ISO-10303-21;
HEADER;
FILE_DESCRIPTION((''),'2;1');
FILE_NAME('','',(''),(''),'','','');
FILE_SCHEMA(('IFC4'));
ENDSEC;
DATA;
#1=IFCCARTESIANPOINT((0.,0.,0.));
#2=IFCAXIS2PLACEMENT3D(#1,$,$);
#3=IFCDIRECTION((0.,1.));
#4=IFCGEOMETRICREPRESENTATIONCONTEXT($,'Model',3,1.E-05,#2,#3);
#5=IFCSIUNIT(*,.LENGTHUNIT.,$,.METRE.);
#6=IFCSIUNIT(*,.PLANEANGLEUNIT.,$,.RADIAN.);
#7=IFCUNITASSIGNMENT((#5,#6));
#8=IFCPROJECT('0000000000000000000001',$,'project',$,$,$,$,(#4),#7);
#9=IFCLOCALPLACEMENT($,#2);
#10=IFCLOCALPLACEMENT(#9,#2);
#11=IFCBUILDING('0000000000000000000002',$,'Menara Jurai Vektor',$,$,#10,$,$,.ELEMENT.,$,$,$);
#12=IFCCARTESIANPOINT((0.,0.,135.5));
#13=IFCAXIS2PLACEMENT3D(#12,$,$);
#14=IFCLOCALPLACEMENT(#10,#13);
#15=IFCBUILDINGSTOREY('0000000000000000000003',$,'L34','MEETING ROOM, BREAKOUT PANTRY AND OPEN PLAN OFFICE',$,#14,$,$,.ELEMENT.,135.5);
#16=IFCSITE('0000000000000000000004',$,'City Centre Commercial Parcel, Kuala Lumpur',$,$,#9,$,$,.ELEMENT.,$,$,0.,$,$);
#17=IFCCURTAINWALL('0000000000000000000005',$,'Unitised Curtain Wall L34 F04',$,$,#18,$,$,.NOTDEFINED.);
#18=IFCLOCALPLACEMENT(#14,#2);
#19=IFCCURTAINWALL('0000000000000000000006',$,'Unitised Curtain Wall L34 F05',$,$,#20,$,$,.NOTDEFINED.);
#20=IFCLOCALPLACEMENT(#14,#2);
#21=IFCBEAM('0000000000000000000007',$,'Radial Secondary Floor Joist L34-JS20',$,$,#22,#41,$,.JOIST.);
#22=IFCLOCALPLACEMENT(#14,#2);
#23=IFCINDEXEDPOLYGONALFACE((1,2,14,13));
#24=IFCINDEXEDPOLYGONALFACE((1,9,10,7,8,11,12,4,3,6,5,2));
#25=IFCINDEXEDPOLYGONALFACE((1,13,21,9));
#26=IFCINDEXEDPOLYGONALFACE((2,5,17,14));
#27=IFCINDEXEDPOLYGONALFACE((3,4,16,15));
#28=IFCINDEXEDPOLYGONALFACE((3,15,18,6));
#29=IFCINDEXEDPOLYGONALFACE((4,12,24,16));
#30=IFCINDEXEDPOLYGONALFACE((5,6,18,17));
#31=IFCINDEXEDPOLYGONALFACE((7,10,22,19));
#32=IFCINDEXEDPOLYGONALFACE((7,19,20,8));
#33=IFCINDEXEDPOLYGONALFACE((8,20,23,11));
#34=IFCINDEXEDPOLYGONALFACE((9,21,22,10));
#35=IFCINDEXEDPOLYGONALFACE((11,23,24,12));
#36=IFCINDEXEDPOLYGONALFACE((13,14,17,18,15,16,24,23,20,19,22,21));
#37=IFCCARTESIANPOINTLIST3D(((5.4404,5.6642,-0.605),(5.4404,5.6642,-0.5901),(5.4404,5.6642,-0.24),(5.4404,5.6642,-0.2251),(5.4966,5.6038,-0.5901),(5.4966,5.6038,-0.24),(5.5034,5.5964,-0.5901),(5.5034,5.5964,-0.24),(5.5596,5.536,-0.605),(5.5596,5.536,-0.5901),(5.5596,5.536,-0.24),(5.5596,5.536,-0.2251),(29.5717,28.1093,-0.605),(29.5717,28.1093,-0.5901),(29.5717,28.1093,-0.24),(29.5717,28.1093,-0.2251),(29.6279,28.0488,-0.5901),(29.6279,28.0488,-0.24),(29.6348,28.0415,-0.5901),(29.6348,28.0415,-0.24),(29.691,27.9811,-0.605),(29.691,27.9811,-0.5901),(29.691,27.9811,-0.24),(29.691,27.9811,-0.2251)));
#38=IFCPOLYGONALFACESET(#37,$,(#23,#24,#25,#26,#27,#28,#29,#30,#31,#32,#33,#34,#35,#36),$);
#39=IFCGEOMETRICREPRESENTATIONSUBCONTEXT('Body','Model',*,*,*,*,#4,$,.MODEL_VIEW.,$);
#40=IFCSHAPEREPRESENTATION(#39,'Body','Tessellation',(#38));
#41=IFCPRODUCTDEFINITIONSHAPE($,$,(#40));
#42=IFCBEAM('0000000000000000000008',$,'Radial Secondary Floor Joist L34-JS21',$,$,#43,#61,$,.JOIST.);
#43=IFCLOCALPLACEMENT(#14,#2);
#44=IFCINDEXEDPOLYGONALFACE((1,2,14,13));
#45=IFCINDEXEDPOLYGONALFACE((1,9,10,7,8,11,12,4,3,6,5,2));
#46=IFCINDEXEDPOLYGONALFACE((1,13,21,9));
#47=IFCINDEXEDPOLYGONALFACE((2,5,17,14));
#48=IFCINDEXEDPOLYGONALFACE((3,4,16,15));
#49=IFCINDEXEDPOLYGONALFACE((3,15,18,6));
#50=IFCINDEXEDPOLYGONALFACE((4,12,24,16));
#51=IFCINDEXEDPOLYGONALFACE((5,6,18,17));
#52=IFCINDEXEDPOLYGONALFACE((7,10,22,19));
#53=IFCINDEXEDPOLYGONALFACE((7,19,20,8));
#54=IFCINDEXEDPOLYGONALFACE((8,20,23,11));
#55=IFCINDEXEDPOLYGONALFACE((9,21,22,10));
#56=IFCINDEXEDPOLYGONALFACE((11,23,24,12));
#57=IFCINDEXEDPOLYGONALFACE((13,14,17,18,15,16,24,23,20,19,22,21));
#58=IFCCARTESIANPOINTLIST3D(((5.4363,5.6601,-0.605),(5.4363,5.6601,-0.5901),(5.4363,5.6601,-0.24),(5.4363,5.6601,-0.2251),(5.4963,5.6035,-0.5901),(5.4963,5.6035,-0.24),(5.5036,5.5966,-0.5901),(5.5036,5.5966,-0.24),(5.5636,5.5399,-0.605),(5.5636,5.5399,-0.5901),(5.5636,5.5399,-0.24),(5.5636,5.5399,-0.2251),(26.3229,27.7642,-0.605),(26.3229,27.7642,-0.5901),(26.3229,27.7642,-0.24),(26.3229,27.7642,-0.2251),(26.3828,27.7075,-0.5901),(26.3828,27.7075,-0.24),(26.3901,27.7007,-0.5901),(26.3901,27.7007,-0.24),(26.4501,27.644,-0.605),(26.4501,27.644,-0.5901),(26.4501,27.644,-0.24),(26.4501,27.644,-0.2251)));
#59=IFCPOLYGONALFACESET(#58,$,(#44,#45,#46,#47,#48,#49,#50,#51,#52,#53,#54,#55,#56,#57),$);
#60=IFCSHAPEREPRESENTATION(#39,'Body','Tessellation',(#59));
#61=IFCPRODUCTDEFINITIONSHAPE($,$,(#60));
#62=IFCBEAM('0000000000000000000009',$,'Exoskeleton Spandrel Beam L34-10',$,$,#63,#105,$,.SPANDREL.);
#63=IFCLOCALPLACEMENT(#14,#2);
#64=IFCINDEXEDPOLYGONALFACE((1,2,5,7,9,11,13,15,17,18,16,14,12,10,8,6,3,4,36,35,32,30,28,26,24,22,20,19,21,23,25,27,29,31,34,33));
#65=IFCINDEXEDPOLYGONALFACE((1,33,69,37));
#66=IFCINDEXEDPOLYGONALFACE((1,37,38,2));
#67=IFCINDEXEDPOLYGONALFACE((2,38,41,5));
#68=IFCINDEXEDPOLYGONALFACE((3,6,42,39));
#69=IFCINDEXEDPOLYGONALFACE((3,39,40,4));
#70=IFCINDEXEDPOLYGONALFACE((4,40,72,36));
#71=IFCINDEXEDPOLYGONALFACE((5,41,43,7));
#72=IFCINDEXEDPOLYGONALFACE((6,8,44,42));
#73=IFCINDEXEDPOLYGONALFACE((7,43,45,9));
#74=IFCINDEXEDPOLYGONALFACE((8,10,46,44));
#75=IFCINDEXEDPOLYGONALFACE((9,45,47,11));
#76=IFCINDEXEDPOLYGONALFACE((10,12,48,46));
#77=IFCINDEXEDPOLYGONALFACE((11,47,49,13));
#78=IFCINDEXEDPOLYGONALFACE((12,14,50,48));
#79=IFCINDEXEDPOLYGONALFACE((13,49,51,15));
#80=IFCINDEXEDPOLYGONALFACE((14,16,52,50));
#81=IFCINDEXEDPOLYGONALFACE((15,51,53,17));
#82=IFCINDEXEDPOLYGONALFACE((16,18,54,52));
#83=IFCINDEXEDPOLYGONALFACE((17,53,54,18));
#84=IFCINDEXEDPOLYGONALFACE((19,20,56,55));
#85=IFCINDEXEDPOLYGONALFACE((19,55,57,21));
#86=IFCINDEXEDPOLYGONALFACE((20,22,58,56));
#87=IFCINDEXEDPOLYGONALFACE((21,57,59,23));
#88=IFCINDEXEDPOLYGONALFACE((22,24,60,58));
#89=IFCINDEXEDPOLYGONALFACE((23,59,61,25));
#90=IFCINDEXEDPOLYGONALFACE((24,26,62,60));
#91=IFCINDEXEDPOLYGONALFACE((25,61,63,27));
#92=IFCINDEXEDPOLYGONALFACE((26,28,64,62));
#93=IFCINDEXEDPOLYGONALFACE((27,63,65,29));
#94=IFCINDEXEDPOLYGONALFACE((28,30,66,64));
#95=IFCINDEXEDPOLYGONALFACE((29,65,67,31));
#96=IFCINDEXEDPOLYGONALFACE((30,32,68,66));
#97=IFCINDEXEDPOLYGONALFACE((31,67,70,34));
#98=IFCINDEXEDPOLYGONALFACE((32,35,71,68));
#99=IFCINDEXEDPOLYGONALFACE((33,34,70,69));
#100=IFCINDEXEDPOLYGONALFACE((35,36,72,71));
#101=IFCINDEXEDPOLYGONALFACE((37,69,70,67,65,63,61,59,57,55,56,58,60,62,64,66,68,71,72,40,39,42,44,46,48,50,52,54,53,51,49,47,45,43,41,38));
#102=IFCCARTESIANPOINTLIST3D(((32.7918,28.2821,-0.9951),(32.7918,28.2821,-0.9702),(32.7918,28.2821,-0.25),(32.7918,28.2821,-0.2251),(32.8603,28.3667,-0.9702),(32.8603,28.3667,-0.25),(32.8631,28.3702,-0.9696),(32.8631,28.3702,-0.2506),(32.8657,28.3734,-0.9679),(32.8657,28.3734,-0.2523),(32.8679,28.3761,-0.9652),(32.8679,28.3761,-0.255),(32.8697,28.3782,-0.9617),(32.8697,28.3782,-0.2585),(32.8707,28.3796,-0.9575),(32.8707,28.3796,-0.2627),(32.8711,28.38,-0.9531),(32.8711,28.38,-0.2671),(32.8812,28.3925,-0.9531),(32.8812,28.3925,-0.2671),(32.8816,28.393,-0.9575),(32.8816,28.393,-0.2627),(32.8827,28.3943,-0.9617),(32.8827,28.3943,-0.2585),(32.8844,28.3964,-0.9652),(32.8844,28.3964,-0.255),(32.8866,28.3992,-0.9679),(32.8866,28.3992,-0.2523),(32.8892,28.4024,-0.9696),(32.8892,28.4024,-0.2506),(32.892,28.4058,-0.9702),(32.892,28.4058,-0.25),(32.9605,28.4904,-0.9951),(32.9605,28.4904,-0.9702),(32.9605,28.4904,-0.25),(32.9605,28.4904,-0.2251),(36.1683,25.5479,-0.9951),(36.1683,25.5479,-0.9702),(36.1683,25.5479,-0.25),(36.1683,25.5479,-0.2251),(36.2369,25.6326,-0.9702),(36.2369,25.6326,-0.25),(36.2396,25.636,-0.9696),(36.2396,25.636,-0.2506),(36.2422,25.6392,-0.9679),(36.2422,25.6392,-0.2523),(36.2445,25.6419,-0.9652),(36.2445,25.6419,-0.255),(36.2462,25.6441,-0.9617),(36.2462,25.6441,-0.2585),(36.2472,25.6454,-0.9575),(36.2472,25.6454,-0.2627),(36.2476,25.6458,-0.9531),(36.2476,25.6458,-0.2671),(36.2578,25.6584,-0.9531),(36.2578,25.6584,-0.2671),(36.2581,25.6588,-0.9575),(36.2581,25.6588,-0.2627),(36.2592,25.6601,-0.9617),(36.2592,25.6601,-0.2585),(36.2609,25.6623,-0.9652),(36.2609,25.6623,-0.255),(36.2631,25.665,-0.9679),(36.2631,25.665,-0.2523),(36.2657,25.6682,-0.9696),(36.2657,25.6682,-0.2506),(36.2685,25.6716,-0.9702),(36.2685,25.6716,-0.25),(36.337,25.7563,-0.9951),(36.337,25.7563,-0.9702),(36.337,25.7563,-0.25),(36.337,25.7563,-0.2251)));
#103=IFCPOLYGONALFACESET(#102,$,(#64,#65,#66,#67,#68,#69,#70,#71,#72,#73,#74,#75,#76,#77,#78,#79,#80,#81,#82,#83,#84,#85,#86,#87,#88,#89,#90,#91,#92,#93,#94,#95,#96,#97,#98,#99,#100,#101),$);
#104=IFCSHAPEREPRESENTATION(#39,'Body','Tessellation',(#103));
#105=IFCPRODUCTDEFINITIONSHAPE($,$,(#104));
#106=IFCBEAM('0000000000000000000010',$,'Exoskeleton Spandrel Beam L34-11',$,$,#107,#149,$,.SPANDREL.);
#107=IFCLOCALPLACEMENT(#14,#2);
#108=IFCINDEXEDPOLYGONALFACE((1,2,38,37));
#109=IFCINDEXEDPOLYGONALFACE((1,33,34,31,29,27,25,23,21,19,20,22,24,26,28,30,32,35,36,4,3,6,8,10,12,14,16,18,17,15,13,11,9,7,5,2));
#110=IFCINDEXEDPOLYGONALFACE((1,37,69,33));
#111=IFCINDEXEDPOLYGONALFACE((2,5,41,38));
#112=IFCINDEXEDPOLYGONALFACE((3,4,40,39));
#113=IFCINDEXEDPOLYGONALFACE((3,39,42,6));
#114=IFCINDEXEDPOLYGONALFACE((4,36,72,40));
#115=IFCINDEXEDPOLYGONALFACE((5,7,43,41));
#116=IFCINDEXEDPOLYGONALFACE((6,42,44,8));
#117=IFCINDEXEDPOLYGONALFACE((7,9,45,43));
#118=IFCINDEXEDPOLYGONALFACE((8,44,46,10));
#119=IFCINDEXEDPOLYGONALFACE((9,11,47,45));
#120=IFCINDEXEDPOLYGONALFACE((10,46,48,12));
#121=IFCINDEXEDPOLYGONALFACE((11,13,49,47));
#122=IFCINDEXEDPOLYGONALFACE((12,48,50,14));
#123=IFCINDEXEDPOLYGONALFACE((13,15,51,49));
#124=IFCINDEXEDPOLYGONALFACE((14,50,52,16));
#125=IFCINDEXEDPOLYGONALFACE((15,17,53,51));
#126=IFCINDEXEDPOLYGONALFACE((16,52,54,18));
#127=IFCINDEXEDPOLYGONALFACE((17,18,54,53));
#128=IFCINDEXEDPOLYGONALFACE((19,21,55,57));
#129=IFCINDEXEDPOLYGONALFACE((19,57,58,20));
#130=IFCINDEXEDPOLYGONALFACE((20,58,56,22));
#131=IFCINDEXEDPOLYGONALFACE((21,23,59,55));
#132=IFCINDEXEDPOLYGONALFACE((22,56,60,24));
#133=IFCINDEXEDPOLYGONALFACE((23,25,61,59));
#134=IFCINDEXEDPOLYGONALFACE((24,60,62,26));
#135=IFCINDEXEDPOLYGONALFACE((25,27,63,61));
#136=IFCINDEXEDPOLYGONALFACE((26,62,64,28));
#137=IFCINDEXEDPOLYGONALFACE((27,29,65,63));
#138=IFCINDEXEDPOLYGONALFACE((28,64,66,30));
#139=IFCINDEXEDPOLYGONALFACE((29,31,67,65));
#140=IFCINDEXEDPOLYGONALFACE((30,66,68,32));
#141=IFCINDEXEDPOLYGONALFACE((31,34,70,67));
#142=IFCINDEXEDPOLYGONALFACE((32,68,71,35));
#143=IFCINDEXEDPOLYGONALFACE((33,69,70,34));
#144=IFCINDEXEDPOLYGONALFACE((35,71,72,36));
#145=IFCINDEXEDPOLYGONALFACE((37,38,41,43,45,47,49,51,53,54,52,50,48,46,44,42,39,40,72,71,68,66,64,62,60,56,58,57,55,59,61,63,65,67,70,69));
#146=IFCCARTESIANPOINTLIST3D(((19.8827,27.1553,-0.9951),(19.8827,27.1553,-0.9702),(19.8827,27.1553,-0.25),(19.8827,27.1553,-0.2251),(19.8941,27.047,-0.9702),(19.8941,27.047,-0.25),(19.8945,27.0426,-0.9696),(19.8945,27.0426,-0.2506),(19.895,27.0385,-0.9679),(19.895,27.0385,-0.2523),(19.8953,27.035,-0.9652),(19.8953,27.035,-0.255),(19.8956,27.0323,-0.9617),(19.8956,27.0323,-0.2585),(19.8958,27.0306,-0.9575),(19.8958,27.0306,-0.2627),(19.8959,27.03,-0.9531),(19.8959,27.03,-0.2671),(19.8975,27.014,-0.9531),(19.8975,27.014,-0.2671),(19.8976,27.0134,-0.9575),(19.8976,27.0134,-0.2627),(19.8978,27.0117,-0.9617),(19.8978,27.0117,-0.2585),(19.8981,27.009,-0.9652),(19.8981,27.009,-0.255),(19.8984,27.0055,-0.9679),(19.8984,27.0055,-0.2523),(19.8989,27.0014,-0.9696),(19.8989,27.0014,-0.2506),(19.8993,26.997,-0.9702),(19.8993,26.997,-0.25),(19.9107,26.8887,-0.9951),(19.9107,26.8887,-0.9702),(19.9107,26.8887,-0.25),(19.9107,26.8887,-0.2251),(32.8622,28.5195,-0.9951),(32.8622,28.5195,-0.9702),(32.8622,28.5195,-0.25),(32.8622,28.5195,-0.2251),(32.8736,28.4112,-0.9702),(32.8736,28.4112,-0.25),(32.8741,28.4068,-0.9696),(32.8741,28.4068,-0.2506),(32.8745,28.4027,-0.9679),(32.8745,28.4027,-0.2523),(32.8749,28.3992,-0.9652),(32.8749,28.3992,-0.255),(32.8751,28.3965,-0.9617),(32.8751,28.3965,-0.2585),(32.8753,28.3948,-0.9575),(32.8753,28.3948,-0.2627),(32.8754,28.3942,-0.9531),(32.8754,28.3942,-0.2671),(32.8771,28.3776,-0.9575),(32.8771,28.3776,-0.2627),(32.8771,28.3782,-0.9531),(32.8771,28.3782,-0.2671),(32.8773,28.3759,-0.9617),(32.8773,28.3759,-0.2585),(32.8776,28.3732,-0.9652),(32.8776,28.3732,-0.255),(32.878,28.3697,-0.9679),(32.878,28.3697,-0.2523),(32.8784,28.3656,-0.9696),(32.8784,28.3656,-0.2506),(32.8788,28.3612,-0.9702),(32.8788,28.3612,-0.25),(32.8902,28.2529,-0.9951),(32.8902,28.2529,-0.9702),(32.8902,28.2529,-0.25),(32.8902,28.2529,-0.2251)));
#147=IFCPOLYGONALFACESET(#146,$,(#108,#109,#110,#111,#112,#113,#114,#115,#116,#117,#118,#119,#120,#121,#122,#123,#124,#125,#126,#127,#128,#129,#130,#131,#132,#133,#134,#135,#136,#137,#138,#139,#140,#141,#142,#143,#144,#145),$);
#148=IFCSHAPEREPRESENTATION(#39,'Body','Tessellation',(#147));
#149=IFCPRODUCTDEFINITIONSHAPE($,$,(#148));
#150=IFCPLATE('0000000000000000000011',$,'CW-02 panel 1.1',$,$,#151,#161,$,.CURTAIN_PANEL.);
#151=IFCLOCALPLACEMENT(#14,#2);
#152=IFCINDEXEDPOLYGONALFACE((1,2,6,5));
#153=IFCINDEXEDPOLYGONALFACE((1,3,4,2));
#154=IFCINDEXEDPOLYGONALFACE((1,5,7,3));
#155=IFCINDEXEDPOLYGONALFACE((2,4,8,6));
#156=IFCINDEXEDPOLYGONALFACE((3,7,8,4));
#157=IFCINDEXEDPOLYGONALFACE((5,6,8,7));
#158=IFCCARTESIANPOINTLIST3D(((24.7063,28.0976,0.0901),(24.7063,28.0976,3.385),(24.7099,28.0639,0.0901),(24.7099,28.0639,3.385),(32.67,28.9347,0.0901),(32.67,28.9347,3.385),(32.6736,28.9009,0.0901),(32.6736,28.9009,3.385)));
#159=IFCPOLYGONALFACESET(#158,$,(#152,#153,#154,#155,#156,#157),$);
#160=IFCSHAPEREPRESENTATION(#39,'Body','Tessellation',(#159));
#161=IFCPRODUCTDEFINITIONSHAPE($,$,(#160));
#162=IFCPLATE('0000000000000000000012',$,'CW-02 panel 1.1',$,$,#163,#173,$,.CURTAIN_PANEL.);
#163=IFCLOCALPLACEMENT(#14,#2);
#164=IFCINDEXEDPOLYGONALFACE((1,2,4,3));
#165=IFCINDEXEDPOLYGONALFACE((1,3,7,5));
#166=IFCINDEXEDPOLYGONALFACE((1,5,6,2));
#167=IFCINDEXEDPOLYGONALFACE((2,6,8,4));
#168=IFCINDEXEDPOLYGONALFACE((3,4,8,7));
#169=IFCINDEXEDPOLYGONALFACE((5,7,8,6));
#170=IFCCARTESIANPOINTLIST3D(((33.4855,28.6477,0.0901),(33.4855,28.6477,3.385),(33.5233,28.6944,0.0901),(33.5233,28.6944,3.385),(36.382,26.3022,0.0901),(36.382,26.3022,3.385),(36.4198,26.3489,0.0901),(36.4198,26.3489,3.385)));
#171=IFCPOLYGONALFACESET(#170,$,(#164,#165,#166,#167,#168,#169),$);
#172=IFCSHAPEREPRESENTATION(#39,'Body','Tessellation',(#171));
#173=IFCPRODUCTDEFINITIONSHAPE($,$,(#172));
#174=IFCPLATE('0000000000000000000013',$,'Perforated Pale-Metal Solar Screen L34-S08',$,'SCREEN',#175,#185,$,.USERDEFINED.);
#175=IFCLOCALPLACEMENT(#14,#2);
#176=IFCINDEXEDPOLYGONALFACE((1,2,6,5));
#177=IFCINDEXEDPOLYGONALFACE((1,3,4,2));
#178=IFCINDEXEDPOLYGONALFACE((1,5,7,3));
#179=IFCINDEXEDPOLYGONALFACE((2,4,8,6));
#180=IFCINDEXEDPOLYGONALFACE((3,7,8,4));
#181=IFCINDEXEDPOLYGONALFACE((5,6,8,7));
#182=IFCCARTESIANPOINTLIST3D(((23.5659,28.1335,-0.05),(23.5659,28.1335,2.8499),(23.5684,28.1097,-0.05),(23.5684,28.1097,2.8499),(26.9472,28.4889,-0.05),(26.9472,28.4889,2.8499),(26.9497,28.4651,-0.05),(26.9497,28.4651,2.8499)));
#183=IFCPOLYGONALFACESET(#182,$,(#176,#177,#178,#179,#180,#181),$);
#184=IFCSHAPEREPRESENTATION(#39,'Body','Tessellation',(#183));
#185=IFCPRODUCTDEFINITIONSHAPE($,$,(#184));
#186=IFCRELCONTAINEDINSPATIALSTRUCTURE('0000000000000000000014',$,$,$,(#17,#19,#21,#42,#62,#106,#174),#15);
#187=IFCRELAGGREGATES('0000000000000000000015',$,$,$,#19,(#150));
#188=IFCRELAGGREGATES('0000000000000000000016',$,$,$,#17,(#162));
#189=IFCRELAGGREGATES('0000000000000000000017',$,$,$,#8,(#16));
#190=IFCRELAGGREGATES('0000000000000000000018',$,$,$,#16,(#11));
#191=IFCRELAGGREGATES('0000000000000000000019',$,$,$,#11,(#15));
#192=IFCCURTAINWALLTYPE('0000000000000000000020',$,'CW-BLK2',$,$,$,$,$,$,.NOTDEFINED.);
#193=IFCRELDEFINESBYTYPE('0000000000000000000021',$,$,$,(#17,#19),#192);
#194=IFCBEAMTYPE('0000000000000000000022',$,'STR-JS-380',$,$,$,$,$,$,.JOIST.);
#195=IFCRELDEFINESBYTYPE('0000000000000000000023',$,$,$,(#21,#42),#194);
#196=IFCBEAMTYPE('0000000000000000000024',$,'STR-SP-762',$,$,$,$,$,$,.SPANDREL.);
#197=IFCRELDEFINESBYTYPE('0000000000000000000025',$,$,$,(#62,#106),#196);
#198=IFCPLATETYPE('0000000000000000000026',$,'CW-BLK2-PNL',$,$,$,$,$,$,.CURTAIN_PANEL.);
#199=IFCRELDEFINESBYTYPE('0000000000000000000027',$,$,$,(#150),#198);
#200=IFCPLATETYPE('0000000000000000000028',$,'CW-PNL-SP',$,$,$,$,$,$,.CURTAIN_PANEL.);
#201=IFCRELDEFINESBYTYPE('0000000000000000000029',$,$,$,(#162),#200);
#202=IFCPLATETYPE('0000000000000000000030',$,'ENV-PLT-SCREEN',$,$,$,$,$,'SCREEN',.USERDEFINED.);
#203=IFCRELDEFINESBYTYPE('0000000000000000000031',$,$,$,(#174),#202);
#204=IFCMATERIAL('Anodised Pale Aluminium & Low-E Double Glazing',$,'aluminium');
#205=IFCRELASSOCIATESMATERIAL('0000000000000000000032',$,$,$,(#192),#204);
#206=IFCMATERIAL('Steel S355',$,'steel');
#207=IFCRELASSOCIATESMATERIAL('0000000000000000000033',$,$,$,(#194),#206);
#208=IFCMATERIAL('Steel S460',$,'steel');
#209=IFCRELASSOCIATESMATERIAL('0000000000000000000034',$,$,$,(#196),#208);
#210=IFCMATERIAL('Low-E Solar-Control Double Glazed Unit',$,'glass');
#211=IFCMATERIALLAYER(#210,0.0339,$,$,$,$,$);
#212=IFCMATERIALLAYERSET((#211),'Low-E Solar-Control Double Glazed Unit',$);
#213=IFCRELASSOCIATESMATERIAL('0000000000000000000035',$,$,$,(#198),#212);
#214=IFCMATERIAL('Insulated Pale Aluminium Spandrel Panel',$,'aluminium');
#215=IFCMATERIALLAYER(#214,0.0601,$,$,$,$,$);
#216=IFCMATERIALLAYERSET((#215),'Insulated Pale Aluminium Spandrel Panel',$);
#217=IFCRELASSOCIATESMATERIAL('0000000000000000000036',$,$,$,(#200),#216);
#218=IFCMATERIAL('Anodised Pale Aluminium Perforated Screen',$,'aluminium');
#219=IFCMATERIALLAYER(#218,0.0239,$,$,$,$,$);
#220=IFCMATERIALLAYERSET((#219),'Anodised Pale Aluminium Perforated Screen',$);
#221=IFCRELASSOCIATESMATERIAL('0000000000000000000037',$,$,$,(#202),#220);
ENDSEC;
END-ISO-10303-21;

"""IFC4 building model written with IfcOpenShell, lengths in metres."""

from ifc_helpers import new_model, si_unit, direction, frame, origin, origin_2d, place, context, subcontext, project, spatial, rectangle, i_section, extrude, material, layer, layer_set, material_profile, profile_set, type_object, element, aggregate, save


model = new_model("IFC4")

# Units and contexts
model_context = context("Model", 3, precision=1e-05, world=origin(), true_north=direction((0.0, 1.0)))
body_context = subcontext(model_context, "Body", "Model", "MODEL_VIEW")
ifc_project = project(units=[si_unit("LENGTHUNIT", "METRE"), si_unit("PLANEANGLEUNIT", "RADIAN")], contexts=[model_context])

# Site, building, storey
site_placement = place(None, origin())
site = spatial("IfcSite", under=ifc_project, at=site_placement, Name="City Centre Commercial Parcel, Kuala Lumpur", CompositionType="ELEMENT", RefElevation=0.0)
building_placement = place(site_placement, origin())
building = spatial("IfcBuilding", under=site, at=building_placement, Name="Menara Jurai Vektor", CompositionType="ELEMENT")
storey_placement = place(building_placement, frame((0.0, 0.0, 135.5)))
storey = spatial("IfcBuildingStorey", under=building, at=storey_placement, Name="L34", Description="MEETING ROOM, BREAKOUT PANTRY AND OPEN PLAN OFFICE", CompositionType="ELEMENT", Elevation=135.5)

# Shared definitions
ifc_material_1 = material(Name="Steel S460", Category="steel")

# Shared definitions
ifc_material_2 = material(Name="Anodised Pale Aluminium & Low-E Double Glazing", Category="aluminium")
curtain_wall_type = type_object("IfcCurtainWallType", Name="CW-BLK2", PredefinedType="NOTDEFINED", material=ifc_material_2)

# Curtain walls
curtain_wall_1_placement = place(storey_placement, origin())
curtain_wall_1 = element("IfcCurtainWall", 1, at=curtain_wall_1_placement, inside=storey, type_object=curtain_wall_type, Name="Unitised Curtain Wall L34 F04", PredefinedType="NOTDEFINED")
curtain_wall_2_placement = place(storey_placement, origin())
curtain_wall_2 = element("IfcCurtainWall", 2, at=curtain_wall_2_placement, inside=storey, type_object=curtain_wall_type, Name="Unitised Curtain Wall L34 F05", PredefinedType="NOTDEFINED")

# Shared definitions
ifc_material_3 = material(Name="Steel S355", Category="steel")

# Beams
ifc_material_profile_1 = material_profile(ifc_material_3, i_section(OverallWidth=0.175, OverallDepth=0.3799, WebThickness=0.01, FlangeThickness=0.0149, at=origin_2d()), Name="PG 380x175x58")
ifc_profile_set_1 = profile_set([ifc_material_profile_1], Name="Steel S355")
beam_type_1 = type_object("IfcBeamType", Name="STR-JS-380", PredefinedType="JOIST", material=ifc_profile_set_1)
beam_1_placement = place(storey_placement, frame((29.6313, 28.0452, -0.415), z_axis=(-0.732228, -0.68106, 0.0), x_axis=(0.68106, -0.732228, 0.0)))
element("IfcBeam", 3, at=beam_1_placement, inside=storey, type_object=beam_type_1, Name="Radial Secondary Floor Joist L34-JS20", PredefinedType="JOIST", context=body_context, shape_type="SweptSolid", body=[
    extrude(i_section(OverallWidth=0.175, OverallDepth=0.3799, WebThickness=0.01, FlangeThickness=0.0149, at=origin_2d()), origin(), (0.0, 0.0, 1.0), 32.9561),
])
beam_2_placement = place(storey_placement, frame((26.3865, 27.7041, -0.415), z_axis=(-0.686805, -0.726841, 0.0), x_axis=(0.726841, -0.686805, 0.0)))
element("IfcBeam", 4, at=beam_2_placement, inside=storey, type_object=beam_type_1, Name="Radial Secondary Floor Joist L34-JS21", PredefinedType="JOIST", context=body_context, shape_type="SweptSolid", body=[
    extrude(i_section(OverallWidth=0.175, OverallDepth=0.3799, WebThickness=0.01, FlangeThickness=0.0149, at=origin_2d()), origin(), (0.0, 0.0, 1.0), 30.4111),
])
ifc_material_profile_2 = material_profile(ifc_material_1, i_section(OverallWidth=0.2681, OverallDepth=0.77, WebThickness=0.0161, FlangeThickness=0.0249, FilletRadius=0.0171, at=origin_2d()), Name="UKB 762x267x197")
ifc_profile_set_2 = profile_set([ifc_material_profile_2], Name="Steel S460")
beam_type_2 = type_object("IfcBeamType", Name="STR-SP-762", PredefinedType="SPANDREL", material=ifc_profile_set_2)
beam_3_placement = place(storey_placement, frame((36.2527, 25.6521, -0.6101), z_axis=(-0.777155, 0.62931, 0.0), x_axis=(-0.62931, -0.777155, 0.0)))
element("IfcBeam", 5, at=beam_3_placement, inside=storey, type_object=beam_type_2, Name="Exoskeleton Spandrel Beam L34-10", PredefinedType="SPANDREL", context=body_context, shape_type="SweptSolid", body=[
    extrude(i_section(OverallWidth=0.2681, OverallDepth=0.77, WebThickness=0.0161, FlangeThickness=0.0249, FilletRadius=0.0171, at=origin_2d()), origin(), (0.0, 0.0, 1.0), 4.3447),
])
beam_4_placement = place(storey_placement, frame((32.8762, 28.3862, -0.6101), z_axis=(-0.994521, -0.104533, 0.0), x_axis=(0.104533, -0.994521, 0.0)))
element("IfcBeam", 6, at=beam_4_placement, inside=storey, type_object=beam_type_2, Name="Exoskeleton Spandrel Beam L34-11", PredefinedType="SPANDREL", context=body_context, shape_type="SweptSolid", body=[
    extrude(i_section(OverallWidth=0.2681, OverallDepth=0.77, WebThickness=0.0161, FlangeThickness=0.0249, FilletRadius=0.0171, at=origin_2d()), origin(), (0.0, 0.0, 1.0), 13.051),
])

# Plates
ifc_material_4 = material(Name="Low-E Solar-Control Double Glazed Unit", Category="glass")
ifc_layer_1 = layer(ifc_material_4, 0.0339)
ifc_layer_set_1 = layer_set([ifc_layer_1], Name="Low-E Solar-Control Double Glazed Unit")
plate_type_1 = type_object("IfcPlateType", Name="CW-BLK2-PNL", PredefinedType="CURTAIN_PANEL", material=ifc_layer_set_1)
plate_1_placement = place(storey_placement, frame((28.6899, 28.4993, 0.0901), z_axis=(0.0, 0.0, 1.0), x_axis=(-0.994522, -0.104529, 0.0)))
plate_1 = element("IfcPlate", 7, at=plate_1_placement, type_object=plate_type_1, Name="CW-02 panel 1.1", PredefinedType="CURTAIN_PANEL", context=body_context, shape_type="SweptSolid", body=[
    extrude(rectangle(XDim=8.0076, YDim=0.0339, at=origin_2d()), origin(), (0.0, 0.0, 1.0), 3.2949),
])
aggregate(curtain_wall_2, [plate_1])
ifc_material_5 = material(Name="Insulated Pale Aluminium Spandrel Panel", Category="aluminium")
ifc_layer_2 = layer(ifc_material_5, 0.0601)
ifc_layer_set_2 = layer_set([ifc_layer_2], Name="Insulated Pale Aluminium Spandrel Panel")
plate_type_2 = type_object("IfcPlateType", Name="CW-PNL-SP", PredefinedType="CURTAIN_PANEL", material=ifc_layer_set_2)
plate_2_placement = place(storey_placement, frame((34.9526, 27.4983, 0.0901), z_axis=(0.0, 0.0, 1.0), x_axis=(-0.777152, 0.629313, 0.0)))
plate_2 = element("IfcPlate", 8, at=plate_2_placement, type_object=plate_type_2, Name="CW-02 panel 1.1", PredefinedType="CURTAIN_PANEL", context=body_context, shape_type="SweptSolid", body=[
    extrude(rectangle(XDim=3.7271, YDim=0.0601, at=origin_2d()), origin(), (0.0, 0.0, 1.0), 3.2949),
])
aggregate(curtain_wall_1, [plate_2])
ifc_material_6 = material(Name="Anodised Pale Aluminium Perforated Screen", Category="aluminium")
ifc_layer_3 = layer(ifc_material_6, 0.0239)
ifc_layer_set_3 = layer_set([ifc_layer_3], Name="Anodised Pale Aluminium Perforated Screen")
plate_type_3 = type_object("IfcPlateType", Name="ENV-PLT-SCREEN", ElementType="SCREEN", PredefinedType="USERDEFINED", material=ifc_layer_set_3)
plate_3_placement = place(storey_placement, frame((25.2578, 28.2993, -0.05), z_axis=(0.0, 0.0, 1.0), x_axis=(-0.994522, -0.104528, 0.0)))
element("IfcPlate", 9, at=plate_3_placement, inside=storey, type_object=plate_type_3, Name="Perforated Pale-Metal Solar Screen L34-S08", ObjectType="SCREEN", PredefinedType="USERDEFINED", context=body_context, shape_type="SweptSolid", body=[
    extrude(rectangle(XDim=3.3999, YDim=0.0239, at=origin_2d()), origin(), (0.0, 0.0, 1.0), 2.8999),
])

save(model, "model.ifc")
